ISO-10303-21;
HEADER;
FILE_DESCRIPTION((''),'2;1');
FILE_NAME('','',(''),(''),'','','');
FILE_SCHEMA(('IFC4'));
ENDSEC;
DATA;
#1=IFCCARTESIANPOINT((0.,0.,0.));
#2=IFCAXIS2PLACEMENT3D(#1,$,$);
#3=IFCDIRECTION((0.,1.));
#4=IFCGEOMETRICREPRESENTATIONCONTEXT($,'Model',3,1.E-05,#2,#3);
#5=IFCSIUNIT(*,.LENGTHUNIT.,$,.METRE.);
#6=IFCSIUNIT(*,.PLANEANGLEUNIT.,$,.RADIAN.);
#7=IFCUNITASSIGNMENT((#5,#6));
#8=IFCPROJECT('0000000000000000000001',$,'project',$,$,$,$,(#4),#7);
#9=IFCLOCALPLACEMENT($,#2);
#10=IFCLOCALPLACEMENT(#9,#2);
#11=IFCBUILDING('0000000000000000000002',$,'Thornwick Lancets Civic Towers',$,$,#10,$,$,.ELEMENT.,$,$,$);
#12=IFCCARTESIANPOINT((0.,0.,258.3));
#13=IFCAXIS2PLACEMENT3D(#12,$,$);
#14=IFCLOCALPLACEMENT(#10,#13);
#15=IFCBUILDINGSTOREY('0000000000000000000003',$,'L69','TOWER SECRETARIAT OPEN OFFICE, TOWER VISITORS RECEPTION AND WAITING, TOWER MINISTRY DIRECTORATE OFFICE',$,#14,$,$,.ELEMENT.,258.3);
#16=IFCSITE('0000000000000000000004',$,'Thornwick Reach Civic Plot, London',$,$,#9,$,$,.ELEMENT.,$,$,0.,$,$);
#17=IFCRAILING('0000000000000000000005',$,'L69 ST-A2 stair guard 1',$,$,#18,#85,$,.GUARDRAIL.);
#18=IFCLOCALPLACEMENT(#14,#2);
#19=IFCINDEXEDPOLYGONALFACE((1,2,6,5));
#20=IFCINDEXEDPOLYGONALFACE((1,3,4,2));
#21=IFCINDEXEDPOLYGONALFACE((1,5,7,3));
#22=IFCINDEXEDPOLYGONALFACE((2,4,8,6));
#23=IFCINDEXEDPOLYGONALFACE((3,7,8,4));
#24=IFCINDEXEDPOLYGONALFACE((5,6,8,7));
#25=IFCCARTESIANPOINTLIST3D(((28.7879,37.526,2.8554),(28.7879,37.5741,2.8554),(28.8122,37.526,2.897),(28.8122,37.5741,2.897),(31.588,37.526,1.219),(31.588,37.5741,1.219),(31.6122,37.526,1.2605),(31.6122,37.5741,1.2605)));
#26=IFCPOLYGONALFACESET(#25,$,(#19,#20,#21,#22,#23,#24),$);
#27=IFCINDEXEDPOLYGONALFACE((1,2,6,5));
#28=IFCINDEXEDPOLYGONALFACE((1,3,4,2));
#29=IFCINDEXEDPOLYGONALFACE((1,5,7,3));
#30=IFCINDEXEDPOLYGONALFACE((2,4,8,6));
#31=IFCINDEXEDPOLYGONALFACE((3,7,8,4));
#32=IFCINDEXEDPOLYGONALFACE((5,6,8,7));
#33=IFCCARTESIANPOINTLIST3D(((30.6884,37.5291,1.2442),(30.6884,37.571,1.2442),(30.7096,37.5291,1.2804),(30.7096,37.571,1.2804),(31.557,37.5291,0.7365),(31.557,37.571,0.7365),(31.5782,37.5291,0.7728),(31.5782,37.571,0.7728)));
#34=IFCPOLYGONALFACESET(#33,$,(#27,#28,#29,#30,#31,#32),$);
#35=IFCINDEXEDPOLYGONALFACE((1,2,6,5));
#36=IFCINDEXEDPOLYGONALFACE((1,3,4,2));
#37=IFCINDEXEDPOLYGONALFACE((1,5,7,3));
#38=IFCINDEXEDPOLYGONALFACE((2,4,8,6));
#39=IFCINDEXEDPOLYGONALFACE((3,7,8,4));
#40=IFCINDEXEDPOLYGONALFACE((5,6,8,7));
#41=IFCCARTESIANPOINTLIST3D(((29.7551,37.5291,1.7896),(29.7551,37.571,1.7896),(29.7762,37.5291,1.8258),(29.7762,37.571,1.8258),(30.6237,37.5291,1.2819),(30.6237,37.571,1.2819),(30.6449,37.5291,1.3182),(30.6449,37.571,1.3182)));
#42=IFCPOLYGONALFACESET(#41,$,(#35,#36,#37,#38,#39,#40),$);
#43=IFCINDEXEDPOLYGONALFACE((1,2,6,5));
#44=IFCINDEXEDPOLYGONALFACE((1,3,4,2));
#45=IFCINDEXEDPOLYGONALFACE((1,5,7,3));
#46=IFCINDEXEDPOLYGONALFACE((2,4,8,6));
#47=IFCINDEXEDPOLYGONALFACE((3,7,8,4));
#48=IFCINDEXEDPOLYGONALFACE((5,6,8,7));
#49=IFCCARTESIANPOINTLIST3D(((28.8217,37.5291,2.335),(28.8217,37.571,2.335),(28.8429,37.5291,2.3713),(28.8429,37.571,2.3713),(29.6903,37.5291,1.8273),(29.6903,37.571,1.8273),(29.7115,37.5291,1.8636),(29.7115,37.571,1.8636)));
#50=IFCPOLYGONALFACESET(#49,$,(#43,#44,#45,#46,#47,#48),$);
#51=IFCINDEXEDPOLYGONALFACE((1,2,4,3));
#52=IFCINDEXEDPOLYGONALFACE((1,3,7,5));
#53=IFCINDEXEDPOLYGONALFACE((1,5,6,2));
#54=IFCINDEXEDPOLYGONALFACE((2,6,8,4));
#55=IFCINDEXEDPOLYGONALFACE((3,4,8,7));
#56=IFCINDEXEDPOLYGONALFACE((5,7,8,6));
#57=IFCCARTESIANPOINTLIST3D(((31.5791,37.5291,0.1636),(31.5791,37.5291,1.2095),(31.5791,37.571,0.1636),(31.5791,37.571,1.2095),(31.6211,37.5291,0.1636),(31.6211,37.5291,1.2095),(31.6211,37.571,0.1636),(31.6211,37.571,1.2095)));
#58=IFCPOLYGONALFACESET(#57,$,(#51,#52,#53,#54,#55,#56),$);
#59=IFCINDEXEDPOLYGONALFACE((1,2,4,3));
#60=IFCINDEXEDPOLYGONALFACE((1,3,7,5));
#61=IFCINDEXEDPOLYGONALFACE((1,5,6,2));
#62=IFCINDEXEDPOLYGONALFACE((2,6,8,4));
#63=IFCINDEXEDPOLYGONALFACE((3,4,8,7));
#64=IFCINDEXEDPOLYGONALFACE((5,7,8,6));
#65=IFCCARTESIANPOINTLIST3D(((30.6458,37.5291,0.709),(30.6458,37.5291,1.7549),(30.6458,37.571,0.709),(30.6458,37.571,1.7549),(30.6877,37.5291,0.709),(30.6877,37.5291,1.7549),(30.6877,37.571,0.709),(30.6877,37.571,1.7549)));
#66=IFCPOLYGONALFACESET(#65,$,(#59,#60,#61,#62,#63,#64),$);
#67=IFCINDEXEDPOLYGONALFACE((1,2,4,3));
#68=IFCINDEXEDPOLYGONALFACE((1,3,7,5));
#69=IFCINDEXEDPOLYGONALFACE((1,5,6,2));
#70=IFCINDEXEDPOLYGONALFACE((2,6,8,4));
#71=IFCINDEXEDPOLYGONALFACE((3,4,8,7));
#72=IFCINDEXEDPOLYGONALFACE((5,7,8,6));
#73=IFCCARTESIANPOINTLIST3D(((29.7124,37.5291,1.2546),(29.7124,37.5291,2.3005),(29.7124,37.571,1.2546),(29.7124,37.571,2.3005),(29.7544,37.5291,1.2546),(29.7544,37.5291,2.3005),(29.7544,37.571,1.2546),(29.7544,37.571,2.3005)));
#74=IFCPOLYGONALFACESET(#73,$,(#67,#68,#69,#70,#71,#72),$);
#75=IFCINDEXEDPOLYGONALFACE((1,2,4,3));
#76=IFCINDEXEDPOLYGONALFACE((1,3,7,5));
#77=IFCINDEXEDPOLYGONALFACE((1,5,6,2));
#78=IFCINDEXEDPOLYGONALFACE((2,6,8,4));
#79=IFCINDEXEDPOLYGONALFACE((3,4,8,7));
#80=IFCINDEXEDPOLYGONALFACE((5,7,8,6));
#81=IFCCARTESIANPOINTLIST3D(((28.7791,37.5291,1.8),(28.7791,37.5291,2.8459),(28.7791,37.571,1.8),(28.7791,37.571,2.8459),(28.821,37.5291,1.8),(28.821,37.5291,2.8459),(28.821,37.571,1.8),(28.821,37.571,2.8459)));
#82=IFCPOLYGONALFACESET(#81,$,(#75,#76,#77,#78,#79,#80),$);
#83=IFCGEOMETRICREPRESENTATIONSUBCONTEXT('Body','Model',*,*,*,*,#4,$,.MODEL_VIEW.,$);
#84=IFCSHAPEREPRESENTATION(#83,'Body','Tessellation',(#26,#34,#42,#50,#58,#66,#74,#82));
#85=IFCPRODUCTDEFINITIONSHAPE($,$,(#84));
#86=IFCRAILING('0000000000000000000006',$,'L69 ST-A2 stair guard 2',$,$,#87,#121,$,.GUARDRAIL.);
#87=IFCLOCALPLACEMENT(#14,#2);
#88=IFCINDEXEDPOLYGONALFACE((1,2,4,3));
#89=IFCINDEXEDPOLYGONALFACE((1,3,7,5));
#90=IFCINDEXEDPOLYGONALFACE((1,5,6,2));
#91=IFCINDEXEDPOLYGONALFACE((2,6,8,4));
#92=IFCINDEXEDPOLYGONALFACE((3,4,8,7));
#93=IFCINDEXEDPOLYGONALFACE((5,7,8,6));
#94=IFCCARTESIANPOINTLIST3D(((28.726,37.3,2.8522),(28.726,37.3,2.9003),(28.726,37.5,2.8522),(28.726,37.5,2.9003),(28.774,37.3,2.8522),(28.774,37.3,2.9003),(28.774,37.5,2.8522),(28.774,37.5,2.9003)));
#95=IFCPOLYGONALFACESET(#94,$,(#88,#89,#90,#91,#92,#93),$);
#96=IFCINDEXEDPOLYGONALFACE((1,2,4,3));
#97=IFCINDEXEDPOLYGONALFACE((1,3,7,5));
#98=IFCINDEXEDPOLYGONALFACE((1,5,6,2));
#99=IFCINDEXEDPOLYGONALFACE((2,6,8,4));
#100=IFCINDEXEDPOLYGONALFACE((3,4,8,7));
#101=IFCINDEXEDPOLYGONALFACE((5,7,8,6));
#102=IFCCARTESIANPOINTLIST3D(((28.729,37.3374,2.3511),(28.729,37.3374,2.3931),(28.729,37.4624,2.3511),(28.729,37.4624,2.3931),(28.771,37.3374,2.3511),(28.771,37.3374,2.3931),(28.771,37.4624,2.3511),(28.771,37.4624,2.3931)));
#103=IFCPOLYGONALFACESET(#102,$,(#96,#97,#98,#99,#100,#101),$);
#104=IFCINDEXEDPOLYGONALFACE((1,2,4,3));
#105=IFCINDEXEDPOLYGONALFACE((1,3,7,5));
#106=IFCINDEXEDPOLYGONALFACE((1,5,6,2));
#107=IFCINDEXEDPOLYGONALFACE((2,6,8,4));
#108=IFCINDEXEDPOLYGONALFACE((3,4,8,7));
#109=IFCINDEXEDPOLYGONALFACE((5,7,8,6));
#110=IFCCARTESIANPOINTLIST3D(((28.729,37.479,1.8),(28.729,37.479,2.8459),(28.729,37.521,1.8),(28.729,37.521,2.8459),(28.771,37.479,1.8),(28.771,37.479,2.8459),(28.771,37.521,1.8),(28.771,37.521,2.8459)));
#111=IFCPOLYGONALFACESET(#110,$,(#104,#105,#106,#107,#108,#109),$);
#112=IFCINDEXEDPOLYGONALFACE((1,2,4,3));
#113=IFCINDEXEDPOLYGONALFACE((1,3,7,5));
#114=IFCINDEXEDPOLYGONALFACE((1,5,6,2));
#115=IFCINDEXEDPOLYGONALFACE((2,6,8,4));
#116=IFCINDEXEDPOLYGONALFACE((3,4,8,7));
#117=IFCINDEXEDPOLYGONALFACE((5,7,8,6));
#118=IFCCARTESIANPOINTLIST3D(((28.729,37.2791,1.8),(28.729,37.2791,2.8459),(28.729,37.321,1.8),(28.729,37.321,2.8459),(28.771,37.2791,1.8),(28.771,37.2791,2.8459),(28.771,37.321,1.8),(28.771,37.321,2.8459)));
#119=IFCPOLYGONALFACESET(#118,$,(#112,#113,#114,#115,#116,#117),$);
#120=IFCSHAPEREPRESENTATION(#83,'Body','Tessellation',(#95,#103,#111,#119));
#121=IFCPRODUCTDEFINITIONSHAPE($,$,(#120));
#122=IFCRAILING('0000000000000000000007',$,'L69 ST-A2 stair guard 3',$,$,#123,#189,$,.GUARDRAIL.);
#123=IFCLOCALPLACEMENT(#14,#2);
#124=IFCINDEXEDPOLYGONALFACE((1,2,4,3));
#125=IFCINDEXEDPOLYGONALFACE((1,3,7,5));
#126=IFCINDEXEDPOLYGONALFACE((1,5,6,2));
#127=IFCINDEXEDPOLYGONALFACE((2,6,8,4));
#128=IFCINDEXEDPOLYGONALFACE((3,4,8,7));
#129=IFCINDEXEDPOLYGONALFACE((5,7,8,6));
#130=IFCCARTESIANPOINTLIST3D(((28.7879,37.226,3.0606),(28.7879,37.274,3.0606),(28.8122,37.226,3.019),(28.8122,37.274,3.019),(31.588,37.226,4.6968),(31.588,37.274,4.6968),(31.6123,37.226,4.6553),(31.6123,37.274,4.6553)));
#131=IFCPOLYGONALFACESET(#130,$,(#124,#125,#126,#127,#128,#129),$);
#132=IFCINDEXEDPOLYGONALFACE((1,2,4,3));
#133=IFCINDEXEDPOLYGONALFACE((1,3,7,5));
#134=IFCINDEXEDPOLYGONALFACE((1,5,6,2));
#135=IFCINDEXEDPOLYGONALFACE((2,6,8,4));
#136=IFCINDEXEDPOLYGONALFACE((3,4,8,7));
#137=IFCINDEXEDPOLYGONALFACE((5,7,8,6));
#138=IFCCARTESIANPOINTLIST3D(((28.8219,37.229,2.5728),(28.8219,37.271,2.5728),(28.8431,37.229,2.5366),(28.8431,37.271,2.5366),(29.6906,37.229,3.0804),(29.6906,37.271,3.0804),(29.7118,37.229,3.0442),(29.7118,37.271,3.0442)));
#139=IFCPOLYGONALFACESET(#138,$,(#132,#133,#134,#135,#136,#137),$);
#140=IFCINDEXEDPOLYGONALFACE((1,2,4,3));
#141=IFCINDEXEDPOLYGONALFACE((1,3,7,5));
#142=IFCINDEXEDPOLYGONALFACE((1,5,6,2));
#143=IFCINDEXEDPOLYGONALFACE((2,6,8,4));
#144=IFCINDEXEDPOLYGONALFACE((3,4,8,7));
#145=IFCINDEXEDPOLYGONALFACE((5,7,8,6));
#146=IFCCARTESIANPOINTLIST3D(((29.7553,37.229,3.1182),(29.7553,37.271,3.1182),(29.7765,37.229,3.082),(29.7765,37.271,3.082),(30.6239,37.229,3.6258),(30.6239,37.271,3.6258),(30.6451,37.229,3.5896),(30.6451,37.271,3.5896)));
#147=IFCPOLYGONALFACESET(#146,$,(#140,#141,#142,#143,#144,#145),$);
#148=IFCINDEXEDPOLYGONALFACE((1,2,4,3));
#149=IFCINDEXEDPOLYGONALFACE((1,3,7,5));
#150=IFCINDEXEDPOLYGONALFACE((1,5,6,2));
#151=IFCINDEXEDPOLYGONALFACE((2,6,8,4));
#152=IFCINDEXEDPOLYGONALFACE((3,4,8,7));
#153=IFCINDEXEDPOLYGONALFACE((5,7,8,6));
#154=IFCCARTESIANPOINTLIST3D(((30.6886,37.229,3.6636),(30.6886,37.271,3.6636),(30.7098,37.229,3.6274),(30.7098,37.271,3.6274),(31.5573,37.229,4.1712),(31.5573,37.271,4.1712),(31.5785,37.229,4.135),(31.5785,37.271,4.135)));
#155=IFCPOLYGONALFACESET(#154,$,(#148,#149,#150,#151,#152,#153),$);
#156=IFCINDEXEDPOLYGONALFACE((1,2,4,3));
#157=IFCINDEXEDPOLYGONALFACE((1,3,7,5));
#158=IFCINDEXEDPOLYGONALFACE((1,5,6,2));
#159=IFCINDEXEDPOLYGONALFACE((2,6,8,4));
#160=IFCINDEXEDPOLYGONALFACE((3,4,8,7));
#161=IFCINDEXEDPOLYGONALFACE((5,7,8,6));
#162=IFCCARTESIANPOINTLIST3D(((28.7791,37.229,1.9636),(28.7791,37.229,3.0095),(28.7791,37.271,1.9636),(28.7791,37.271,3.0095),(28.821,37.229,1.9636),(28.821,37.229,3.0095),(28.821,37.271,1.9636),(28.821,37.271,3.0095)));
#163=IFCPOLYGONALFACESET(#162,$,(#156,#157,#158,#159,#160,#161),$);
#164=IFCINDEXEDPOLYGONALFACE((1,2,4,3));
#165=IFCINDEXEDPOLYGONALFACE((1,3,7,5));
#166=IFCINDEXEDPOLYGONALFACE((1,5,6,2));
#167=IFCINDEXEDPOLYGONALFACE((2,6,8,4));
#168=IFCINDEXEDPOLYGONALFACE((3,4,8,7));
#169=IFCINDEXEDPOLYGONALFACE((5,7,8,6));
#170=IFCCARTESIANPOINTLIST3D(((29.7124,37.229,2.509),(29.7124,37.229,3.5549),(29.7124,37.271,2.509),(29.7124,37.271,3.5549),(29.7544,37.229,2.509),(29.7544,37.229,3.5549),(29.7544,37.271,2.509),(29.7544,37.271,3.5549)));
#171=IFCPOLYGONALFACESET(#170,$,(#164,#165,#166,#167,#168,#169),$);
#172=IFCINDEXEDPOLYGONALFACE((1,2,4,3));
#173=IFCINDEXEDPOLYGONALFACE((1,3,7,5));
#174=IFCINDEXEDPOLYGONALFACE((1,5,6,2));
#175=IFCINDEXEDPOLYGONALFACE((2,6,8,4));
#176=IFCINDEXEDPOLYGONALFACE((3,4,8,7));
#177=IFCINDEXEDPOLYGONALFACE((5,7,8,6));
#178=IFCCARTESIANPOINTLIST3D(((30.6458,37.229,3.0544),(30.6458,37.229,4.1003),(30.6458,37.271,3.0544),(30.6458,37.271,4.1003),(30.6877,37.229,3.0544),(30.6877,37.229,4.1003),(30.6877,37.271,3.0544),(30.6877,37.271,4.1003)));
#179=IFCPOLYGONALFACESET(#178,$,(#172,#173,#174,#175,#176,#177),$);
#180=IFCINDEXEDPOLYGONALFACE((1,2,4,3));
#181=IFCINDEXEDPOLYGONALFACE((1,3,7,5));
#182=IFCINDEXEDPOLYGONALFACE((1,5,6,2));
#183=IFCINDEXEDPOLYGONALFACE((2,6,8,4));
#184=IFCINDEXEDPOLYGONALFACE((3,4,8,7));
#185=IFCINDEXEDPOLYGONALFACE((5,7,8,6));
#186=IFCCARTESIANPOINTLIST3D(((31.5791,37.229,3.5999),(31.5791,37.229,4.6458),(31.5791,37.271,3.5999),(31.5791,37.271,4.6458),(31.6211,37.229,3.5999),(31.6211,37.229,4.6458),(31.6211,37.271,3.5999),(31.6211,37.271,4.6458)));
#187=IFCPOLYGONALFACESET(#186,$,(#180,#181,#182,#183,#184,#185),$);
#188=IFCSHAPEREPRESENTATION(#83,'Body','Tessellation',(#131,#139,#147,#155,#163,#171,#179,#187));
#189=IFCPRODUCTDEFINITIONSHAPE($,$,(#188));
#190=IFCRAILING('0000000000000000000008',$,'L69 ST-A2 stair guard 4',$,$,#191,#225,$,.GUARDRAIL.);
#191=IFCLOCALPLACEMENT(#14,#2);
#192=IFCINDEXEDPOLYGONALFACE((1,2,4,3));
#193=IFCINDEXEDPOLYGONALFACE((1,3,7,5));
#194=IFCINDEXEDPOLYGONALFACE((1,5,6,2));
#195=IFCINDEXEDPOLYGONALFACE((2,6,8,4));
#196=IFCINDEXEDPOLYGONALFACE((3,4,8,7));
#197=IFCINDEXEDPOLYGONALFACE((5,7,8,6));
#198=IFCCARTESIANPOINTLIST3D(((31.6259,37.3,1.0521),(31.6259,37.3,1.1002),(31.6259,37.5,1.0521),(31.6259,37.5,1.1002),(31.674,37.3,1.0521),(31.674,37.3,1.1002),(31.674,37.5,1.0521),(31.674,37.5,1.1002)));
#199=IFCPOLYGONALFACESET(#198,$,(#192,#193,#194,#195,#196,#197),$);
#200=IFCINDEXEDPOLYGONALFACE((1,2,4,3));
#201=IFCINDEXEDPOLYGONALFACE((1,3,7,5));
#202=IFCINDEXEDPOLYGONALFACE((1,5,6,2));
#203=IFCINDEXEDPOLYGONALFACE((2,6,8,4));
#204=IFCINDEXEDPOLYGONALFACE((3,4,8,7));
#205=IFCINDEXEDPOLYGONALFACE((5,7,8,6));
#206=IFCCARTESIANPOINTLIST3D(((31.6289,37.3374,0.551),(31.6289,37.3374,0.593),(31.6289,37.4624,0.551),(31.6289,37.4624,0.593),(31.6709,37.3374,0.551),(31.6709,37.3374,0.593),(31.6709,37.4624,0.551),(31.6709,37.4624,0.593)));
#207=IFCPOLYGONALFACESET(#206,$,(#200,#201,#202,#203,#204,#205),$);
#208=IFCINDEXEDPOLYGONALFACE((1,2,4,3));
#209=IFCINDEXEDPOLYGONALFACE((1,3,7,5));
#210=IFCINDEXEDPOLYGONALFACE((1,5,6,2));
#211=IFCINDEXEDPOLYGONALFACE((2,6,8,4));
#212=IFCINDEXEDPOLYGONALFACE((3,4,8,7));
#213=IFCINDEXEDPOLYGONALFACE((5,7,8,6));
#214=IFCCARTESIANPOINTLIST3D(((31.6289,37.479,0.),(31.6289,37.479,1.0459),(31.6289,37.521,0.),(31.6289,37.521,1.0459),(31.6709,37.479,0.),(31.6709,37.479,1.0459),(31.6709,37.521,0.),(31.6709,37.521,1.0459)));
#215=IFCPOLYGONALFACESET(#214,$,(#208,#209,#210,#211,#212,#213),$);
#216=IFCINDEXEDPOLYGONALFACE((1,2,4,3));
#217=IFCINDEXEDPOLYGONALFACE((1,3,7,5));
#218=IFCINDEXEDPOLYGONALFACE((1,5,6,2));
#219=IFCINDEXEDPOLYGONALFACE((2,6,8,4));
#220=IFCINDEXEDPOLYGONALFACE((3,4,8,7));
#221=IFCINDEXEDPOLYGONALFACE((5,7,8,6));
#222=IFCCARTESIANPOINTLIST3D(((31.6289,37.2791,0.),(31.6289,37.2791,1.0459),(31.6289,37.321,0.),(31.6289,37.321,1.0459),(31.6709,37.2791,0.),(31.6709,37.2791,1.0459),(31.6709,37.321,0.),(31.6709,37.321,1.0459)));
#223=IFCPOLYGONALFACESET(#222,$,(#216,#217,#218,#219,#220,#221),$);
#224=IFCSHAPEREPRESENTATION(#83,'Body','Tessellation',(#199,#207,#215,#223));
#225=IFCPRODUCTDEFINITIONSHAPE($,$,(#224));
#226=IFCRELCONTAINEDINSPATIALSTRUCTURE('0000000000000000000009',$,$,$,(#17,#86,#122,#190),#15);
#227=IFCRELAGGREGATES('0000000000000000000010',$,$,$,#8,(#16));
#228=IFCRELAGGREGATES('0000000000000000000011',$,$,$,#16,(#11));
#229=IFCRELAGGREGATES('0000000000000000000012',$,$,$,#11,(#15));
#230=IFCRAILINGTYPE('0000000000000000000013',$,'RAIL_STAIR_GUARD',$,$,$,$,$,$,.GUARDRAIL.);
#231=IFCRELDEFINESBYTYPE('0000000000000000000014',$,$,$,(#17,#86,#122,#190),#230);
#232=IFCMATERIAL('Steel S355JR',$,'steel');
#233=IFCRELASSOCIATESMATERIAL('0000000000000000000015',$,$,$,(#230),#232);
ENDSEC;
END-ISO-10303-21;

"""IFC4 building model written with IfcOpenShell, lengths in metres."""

from ifc_helpers import new_model, si_unit, direction, frame, origin, origin_2d, place, context, subcontext, project, spatial, rectangle, extrude, material, type_object, element, save


model = new_model("IFC4")

# Units and contexts
model_context = context("Model", 3, precision=1e-05, world=origin(), true_north=direction((0.0, 1.0)))
body_context = subcontext(model_context, "Body", "Model", "MODEL_VIEW")
ifc_project = project(units=[si_unit("LENGTHUNIT", "METRE"), si_unit("PLANEANGLEUNIT", "RADIAN")], contexts=[model_context])

# Site, building, storey
site_placement = place(None, origin())
site = spatial("IfcSite", under=ifc_project, at=site_placement, Name="Thornwick Reach Civic Plot, London", CompositionType="ELEMENT", RefElevation=0.0)
building_placement = place(site_placement, origin())
building = spatial("IfcBuilding", under=site, at=building_placement, Name="Thornwick Lancets Civic Towers", CompositionType="ELEMENT")
storey_placement = place(building_placement, frame((0.0, 0.0, 258.3)))
storey = spatial("IfcBuildingStorey", under=building, at=storey_placement, Name="L69", Description="TOWER SECRETARIAT OPEN OFFICE, TOWER VISITORS RECEPTION AND WAITING, TOWER MINISTRY DIRECTORATE OFFICE", CompositionType="ELEMENT", Elevation=258.3)

# Shared definitions
ifc_material_1 = material(Name="Steel S355JR", Category="steel")

# Railings
railing_type_1 = type_object("IfcRailingType", Name="RAIL_STAIR_GUARD", PredefinedType="GUARDRAIL", material=ifc_material_1)
railing_1_placement = place(storey_placement, frame((31.6001, 37.55, 0.1636)))
element("IfcRailing", 1, at=railing_1_placement, inside=storey, type_object=railing_type_1, Name="L69 ST-A2 stair guard 1", PredefinedType="GUARDRAIL", context=body_context, shape_type="SweptSolid", body=[
    extrude(rectangle(XDim=0.0481, YDim=0.0481, at=origin_2d()), frame((0.0, 0.0, 1.0762), z_axis=(-0.863361, 0.0, 0.504587), x_axis=(0.0, -1.0, 0.0)), (0.0, 0.0, 1.0), 3.2432),
    extrude(rectangle(XDim=0.042, YDim=0.042, at=origin_2d()), frame((-0.0325, 0.0, 0.5911), z_axis=(-0.863361, 0.0, 0.504587), x_axis=(0.0, -1.0, 0.0)), (0.0, 0.0, 1.0), 1.0061),
    extrude(rectangle(XDim=0.042, YDim=0.042, at=origin_2d()), frame((-0.9658, 0.0, 1.1365), z_axis=(-0.863361, 0.0, 0.504587), x_axis=(0.0, -1.0, 0.0)), (0.0, 0.0, 1.0), 1.0061),
    extrude(rectangle(XDim=0.042, YDim=0.042, at=origin_2d()), frame((-1.8992, 0.0, 1.6819), z_axis=(-0.863361, 0.0, 0.504587), x_axis=(0.0, -1.0, 0.0)), (0.0, 0.0, 1.0), 1.0061),
    extrude(rectangle(XDim=0.042, YDim=0.042, at=origin_2d()), origin(), (0.0, 0.0, 1.0), 1.0459),
    extrude(rectangle(XDim=0.042, YDim=0.042, at=origin_2d()), frame((-0.9333, 0.0, 0.5454)), (0.0, 0.0, 1.0), 1.0459),
    extrude(rectangle(XDim=0.042, YDim=0.042, at=origin_2d()), frame((-1.8667, 0.0, 1.0911)), (0.0, 0.0, 1.0), 1.0459),
    extrude(rectangle(XDim=0.042, YDim=0.042, at=origin_2d()), frame((-2.8, 0.0, 1.6365)), (0.0, 0.0, 1.0), 1.0459),
])
railing_2_placement = place(storey_placement, frame((28.75, 37.5, 1.8)))
element("IfcRailing", 2, at=railing_2_placement, inside=storey, type_object=railing_type_1, Name="L69 ST-A2 stair guard 2", PredefinedType="GUARDRAIL", context=body_context, shape_type="SweptSolid", body=[
    extrude(rectangle(XDim=0.0481, YDim=0.0481, at=origin_2d()), frame((0.0, 0.0, 1.0762), z_axis=(0.0, -1.0, 0.0), x_axis=(1.0, 0.0, 0.0)), (0.0, 0.0, 1.0), 0.2),
    extrude(rectangle(XDim=0.042, YDim=0.042, at=origin_2d()), frame((0.0, -0.0376, 0.572), z_axis=(0.0, -1.0, 0.0), x_axis=(1.0, 0.0, 0.0)), (0.0, 0.0, 1.0), 0.125),
    extrude(rectangle(XDim=0.042, YDim=0.042, at=origin_2d()), origin(), (0.0, 0.0, 1.0), 1.0459),
    extrude(rectangle(XDim=0.042, YDim=0.042, at=origin_2d()), frame((0.0, -0.2, 0.0)), (0.0, 0.0, 1.0), 1.0459),
])
railing_3_placement = place(storey_placement, frame((28.8, 37.25, 1.9636)))
element("IfcRailing", 3, at=railing_3_placement, inside=storey, type_object=railing_type_1, Name="L69 ST-A2 stair guard 3", PredefinedType="GUARDRAIL", context=body_context, shape_type="SweptSolid", body=[
    extrude(rectangle(XDim=0.0481, YDim=0.0481, at=origin_2d()), frame((0.0, 0.0, 1.0762), z_axis=(0.863394, 0.0, 0.504531), x_axis=(0.0, 1.0, 0.0)), (0.0, 0.0, 1.0), 3.2432),
    extrude(rectangle(XDim=0.042, YDim=0.042, at=origin_2d()), frame((0.0325, 0.0, 0.5911), z_axis=(0.863394, 0.0, 0.504531), x_axis=(0.0, 1.0, 0.0)), (0.0, 0.0, 1.0), 1.0061),
    extrude(rectangle(XDim=0.042, YDim=0.042, at=origin_2d()), frame((0.9658, 0.0, 1.1365), z_axis=(0.863394, 0.0, 0.504531), x_axis=(0.0, 1.0, 0.0)), (0.0, 0.0, 1.0), 1.0061),
    extrude(rectangle(XDim=0.042, YDim=0.042, at=origin_2d()), frame((1.8992, 0.0, 1.6819), z_axis=(0.863394, 0.0, 0.504531), x_axis=(0.0, 1.0, 0.0)), (0.0, 0.0, 1.0), 1.0061),
    extrude(rectangle(XDim=0.042, YDim=0.042, at=origin_2d()), origin(), (0.0, 0.0, 1.0), 1.0459),
    extrude(rectangle(XDim=0.042, YDim=0.042, at=origin_2d()), frame((0.9333, 0.0, 0.5454)), (0.0, 0.0, 1.0), 1.0459),
    extrude(rectangle(XDim=0.042, YDim=0.042, at=origin_2d()), frame((1.8667, 0.0, 1.0908)), (0.0, 0.0, 1.0), 1.0459),
    extrude(rectangle(XDim=0.042, YDim=0.042, at=origin_2d()), frame((2.8, 0.0, 1.6362)), (0.0, 0.0, 1.0), 1.0459),
])
railing_4_placement = place(storey_placement, frame((31.6499, 37.5, 0.0)))
element("IfcRailing", 4, at=railing_4_placement, inside=storey, type_object=railing_type_1, Name="L69 ST-A2 stair guard 4", PredefinedType="GUARDRAIL", context=body_context, shape_type="SweptSolid", body=[
    extrude(rectangle(XDim=0.0481, YDim=0.0481, at=origin_2d()), frame((0.0, 0.0, 1.0762), z_axis=(0.0, -1.0, 0.0), x_axis=(1.0, 0.0, 0.0)), (0.0, 0.0, 1.0), 0.2),
    extrude(rectangle(XDim=0.042, YDim=0.042, at=origin_2d()), frame((0.0, -0.0376, 0.572), z_axis=(0.0, -1.0, 0.0), x_axis=(1.0, 0.0, 0.0)), (0.0, 0.0, 1.0), 0.125),
    extrude(rectangle(XDim=0.042, YDim=0.042, at=origin_2d()), origin(), (0.0, 0.0, 1.0), 1.0459),
    extrude(rectangle(XDim=0.042, YDim=0.042, at=origin_2d()), frame((0.0, -0.2, 0.0)), (0.0, 0.0, 1.0), 1.0459),
])

save(model, "model.ifc")
